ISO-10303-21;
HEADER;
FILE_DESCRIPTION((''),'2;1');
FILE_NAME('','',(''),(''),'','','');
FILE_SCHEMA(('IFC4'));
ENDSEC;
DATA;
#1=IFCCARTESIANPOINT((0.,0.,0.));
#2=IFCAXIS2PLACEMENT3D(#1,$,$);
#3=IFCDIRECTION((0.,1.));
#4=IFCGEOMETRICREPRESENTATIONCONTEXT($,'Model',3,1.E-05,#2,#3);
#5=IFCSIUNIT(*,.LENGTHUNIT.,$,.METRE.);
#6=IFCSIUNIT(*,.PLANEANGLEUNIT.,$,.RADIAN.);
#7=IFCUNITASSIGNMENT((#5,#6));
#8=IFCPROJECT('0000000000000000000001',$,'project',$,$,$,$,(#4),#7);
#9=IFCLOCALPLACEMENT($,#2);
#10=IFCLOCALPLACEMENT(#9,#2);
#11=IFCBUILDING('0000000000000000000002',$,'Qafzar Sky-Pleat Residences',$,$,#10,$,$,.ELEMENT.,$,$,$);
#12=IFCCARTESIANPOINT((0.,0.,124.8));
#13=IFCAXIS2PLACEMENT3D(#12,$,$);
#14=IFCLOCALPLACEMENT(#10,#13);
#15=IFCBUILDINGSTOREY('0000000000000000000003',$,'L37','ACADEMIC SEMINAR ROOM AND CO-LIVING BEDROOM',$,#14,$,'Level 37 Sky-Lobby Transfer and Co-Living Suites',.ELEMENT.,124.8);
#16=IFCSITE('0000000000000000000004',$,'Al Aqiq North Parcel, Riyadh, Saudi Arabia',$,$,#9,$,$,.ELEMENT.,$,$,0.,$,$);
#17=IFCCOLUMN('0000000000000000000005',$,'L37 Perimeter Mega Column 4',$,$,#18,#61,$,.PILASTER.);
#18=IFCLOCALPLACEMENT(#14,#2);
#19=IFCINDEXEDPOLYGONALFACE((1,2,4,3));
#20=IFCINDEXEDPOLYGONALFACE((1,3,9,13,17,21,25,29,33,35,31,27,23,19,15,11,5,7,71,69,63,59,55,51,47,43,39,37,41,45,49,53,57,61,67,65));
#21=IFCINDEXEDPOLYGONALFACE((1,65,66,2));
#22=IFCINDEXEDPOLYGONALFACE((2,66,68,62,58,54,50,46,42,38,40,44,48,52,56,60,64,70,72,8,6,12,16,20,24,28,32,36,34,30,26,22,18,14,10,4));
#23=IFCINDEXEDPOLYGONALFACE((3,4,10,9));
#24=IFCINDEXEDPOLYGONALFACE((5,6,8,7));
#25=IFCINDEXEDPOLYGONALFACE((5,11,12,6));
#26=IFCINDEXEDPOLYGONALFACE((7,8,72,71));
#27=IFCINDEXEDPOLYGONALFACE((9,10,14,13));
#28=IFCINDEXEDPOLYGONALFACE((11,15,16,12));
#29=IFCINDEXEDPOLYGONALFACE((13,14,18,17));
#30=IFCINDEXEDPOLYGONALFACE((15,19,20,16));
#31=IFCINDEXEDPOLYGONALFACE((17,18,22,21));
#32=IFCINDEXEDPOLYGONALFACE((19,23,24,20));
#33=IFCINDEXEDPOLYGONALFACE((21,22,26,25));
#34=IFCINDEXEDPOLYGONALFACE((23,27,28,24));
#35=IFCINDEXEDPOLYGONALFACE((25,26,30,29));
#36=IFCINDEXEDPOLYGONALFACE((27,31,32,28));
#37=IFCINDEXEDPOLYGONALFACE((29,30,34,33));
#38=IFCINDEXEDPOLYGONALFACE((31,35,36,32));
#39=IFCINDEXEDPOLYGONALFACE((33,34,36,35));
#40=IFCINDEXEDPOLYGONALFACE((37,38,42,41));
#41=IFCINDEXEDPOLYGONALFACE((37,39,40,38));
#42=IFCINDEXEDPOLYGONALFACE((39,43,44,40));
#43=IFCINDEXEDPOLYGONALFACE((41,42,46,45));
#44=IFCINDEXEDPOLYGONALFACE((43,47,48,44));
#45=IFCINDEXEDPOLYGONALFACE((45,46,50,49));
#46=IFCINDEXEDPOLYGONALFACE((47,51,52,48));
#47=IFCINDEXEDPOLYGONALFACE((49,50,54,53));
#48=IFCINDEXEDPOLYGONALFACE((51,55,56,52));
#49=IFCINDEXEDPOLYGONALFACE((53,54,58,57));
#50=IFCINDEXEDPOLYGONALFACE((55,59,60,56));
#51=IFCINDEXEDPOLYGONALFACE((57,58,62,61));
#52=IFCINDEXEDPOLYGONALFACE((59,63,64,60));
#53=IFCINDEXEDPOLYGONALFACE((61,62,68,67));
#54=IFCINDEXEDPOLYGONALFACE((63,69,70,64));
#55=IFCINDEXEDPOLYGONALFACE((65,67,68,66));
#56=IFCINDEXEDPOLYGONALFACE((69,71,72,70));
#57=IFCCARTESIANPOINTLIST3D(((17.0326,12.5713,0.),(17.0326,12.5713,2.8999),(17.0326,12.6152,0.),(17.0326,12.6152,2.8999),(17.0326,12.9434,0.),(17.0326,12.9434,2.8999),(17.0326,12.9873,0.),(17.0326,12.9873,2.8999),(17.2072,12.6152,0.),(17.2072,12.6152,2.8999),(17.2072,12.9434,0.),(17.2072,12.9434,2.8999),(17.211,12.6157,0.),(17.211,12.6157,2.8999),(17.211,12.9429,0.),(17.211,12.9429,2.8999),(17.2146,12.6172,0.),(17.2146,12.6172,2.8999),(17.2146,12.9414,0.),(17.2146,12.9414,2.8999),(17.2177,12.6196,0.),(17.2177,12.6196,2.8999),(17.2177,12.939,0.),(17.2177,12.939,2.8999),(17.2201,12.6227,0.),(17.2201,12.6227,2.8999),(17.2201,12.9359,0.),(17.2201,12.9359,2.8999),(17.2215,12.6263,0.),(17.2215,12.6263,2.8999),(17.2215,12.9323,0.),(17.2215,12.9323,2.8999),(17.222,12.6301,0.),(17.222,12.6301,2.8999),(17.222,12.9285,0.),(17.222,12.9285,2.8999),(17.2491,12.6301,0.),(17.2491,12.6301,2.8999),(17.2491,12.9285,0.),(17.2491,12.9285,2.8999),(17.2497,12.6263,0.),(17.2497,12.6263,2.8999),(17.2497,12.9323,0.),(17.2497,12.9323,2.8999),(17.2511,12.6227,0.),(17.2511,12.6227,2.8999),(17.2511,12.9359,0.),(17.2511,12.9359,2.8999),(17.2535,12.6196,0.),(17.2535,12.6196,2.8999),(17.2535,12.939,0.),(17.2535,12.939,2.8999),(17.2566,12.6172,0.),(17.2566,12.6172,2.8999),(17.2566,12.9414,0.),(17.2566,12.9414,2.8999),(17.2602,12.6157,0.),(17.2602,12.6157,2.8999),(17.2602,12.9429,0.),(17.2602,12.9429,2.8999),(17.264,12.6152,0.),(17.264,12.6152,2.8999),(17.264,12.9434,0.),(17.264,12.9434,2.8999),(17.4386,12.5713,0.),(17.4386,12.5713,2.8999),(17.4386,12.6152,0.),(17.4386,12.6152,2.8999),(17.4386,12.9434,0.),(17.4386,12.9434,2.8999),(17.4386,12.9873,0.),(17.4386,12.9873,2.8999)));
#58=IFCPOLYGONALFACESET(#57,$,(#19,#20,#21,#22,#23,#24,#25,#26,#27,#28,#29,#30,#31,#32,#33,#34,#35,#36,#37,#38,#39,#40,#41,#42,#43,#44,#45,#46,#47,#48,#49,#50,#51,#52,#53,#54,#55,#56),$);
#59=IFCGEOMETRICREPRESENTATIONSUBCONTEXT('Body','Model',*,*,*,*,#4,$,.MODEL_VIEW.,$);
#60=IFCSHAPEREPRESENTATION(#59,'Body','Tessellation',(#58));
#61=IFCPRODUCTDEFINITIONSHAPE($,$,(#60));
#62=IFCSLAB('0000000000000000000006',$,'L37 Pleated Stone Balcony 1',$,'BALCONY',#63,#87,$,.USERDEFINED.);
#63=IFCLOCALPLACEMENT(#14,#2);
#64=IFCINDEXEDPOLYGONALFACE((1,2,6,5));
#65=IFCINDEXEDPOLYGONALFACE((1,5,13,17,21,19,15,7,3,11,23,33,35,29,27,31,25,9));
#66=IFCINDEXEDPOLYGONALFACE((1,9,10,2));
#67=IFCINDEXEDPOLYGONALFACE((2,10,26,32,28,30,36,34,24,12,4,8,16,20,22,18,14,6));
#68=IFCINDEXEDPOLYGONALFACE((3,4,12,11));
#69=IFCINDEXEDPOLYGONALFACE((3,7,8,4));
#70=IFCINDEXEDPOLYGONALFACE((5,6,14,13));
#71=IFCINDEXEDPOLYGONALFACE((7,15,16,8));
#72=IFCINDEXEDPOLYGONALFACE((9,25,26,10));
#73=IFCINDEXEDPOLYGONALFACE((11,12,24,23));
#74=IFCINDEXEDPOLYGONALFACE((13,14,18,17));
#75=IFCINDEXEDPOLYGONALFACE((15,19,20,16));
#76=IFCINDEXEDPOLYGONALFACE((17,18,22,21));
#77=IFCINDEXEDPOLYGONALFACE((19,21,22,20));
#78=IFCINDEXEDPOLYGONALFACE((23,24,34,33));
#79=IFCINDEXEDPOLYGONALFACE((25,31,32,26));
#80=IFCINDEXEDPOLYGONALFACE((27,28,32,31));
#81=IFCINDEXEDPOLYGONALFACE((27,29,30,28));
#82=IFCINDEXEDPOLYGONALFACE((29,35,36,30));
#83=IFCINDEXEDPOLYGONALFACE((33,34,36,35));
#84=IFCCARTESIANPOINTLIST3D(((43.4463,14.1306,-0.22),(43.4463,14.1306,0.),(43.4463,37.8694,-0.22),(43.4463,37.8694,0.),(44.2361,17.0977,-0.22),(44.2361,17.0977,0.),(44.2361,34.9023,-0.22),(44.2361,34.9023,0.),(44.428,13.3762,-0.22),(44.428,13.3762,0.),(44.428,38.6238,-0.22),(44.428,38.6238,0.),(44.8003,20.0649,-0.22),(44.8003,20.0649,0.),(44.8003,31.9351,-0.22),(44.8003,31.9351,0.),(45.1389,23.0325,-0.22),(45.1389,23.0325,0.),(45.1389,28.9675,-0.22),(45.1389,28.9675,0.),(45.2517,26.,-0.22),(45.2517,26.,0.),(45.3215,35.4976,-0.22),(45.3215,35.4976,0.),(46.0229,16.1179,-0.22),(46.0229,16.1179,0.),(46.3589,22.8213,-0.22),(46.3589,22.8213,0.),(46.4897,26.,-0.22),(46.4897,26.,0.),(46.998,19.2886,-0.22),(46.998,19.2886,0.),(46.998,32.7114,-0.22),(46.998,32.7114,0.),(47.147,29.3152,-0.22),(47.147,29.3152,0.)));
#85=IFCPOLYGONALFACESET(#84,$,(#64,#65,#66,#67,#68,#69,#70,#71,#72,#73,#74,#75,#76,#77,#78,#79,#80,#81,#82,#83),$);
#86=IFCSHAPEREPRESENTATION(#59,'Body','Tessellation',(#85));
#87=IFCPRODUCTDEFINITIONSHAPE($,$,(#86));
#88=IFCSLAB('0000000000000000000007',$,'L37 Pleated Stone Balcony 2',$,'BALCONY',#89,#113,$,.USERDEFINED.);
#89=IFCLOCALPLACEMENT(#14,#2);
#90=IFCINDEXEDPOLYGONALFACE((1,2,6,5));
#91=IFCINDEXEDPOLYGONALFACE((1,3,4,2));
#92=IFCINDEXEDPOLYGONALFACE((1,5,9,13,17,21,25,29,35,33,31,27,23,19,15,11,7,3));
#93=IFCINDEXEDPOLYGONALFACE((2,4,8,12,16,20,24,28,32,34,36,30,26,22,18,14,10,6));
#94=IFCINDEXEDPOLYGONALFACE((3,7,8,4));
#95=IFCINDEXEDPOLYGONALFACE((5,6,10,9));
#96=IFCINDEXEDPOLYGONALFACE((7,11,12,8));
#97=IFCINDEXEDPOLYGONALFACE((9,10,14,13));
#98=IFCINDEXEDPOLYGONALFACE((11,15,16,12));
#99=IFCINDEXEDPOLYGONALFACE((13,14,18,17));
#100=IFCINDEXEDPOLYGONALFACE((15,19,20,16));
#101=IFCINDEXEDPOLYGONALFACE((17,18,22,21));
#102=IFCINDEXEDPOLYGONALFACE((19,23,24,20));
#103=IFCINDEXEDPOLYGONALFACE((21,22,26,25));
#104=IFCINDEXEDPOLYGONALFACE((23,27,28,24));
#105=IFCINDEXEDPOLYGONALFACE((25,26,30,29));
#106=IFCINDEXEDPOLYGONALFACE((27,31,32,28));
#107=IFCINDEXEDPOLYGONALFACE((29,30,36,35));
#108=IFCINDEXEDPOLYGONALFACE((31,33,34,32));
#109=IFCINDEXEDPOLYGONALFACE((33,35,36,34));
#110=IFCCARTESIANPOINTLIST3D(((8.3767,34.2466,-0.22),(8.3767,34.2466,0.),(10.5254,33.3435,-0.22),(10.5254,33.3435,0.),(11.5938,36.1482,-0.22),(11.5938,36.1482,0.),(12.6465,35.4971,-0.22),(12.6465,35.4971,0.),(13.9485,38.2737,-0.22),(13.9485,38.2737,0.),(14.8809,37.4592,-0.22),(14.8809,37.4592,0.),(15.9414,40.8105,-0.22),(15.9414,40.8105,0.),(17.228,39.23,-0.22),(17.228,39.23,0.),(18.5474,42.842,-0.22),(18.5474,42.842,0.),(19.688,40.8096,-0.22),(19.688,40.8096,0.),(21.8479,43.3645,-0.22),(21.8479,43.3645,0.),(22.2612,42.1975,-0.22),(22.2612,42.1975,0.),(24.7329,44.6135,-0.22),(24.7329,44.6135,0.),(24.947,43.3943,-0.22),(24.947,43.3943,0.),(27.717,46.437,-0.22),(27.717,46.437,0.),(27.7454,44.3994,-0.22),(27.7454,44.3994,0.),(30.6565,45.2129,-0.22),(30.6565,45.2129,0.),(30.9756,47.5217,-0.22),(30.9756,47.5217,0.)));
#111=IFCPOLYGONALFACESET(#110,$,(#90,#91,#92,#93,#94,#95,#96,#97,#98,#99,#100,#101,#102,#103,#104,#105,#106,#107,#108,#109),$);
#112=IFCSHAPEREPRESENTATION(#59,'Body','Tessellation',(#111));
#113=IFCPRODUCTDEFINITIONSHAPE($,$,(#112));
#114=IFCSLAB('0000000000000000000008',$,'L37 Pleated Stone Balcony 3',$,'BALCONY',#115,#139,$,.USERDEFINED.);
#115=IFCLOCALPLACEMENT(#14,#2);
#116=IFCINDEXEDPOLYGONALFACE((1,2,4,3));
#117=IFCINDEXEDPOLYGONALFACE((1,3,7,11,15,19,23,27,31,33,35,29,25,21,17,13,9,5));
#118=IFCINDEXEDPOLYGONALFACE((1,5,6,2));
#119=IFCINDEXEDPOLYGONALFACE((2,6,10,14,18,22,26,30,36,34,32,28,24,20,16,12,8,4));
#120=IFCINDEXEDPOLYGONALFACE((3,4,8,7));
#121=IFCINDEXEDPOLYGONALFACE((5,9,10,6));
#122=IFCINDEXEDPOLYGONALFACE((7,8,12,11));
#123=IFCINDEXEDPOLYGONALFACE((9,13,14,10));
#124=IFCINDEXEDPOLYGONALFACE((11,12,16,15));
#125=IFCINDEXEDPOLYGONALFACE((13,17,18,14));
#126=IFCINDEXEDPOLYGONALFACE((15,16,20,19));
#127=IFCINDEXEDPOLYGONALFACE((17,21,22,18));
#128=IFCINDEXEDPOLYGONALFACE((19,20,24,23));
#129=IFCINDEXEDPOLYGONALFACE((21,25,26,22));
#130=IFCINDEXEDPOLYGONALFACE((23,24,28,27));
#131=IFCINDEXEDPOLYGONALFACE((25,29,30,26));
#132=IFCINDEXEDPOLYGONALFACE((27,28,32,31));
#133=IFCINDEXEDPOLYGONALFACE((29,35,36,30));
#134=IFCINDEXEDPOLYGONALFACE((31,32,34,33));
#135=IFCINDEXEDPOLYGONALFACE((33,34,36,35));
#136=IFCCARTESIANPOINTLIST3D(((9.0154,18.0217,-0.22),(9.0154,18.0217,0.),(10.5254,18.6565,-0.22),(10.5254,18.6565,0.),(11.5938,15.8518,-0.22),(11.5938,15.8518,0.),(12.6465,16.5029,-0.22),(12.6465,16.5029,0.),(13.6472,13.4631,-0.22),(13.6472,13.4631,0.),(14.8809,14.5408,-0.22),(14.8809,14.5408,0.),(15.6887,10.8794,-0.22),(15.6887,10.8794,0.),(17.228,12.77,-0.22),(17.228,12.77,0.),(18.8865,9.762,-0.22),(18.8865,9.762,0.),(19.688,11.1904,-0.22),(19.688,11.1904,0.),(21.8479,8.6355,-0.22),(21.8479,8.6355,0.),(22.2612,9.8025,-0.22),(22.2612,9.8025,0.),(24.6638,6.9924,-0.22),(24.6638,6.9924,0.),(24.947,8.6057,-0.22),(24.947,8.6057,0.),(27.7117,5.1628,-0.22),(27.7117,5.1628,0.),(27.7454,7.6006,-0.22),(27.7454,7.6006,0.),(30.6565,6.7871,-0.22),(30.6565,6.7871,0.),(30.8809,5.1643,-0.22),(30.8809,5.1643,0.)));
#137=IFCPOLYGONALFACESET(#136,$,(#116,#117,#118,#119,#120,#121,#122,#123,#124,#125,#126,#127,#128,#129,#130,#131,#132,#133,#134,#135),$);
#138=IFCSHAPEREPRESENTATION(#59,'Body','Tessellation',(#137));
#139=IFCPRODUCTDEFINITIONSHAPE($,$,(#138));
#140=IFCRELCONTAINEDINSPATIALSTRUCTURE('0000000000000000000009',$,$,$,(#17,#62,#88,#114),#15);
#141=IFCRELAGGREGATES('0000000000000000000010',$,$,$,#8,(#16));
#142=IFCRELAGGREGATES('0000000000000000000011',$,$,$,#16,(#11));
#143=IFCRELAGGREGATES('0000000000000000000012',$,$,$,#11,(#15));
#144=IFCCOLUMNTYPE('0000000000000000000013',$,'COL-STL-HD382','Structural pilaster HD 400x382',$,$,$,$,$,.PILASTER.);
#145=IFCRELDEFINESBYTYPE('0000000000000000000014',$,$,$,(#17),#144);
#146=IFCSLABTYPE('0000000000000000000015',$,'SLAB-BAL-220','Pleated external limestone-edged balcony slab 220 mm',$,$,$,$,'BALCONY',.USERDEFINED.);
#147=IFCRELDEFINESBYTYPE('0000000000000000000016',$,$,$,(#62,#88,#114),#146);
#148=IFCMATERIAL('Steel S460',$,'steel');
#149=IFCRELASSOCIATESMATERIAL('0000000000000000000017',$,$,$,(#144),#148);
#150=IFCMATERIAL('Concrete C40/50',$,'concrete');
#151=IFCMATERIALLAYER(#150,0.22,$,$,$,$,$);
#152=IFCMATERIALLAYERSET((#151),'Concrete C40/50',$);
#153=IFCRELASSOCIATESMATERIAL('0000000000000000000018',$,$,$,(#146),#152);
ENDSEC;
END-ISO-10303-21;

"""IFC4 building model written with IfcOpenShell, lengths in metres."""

from ifc_helpers import new_model, si_unit, direction, frame, origin, origin_2d, place, context, subcontext, project, spatial, polyline, i_section, outline, extrude, source, transform, mapped, material, layer, layer_set, material_profile, profile_set, type_object, element, save


model = new_model("IFC4")

# Units and contexts
model_context = context("Model", 3, precision=1e-05, world=origin(), true_north=direction((0.0, 1.0)))
body_context = subcontext(model_context, "Body", "Model", "MODEL_VIEW")
ifc_project = project(units=[si_unit("LENGTHUNIT", "METRE"), si_unit("PLANEANGLEUNIT", "RADIAN")], contexts=[model_context])

# Site, building, storey
site_placement = place(None, origin())
site = spatial("IfcSite", under=ifc_project, at=site_placement, Name="Al Aqiq North Parcel, Riyadh, Saudi Arabia", CompositionType="ELEMENT", RefElevation=0.0)
building_placement = place(site_placement, origin())
building = spatial("IfcBuilding", under=site, at=building_placement, Name="Qafzar Sky-Pleat Residences", CompositionType="ELEMENT")
storey_placement = place(building_placement, frame((0.0, 0.0, 124.8)))
storey = spatial("IfcBuildingStorey", under=building, at=storey_placement, Name="L37", Description="ACADEMIC SEMINAR ROOM AND CO-LIVING BEDROOM", LongName="Level 37 Sky-Lobby Transfer and Co-Living Suites", CompositionType="ELEMENT", Elevation=124.8)

# Column
ifc_material_1 = material(Name="Steel S460", Category="steel")
ifc_material_profile = material_profile(ifc_material_1, i_section(OverallWidth=0.406, OverallDepth=0.416, WebThickness=0.0271, FlangeThickness=0.0439, FilletRadius=0.0149, at=origin_2d()), Name="HD 400x382")
ifc_profile_set = profile_set([ifc_material_profile], Name="Steel S460")
column_type = type_object("IfcColumnType", Name="COL-STL-HD382", Description="Structural pilaster HD 400x382", PredefinedType="PILASTER", material=ifc_profile_set)
shared_shape_1 = source(origin(), body_context, "Body", "SweptSolid", [
    extrude(i_section(OverallWidth=0.406, OverallDepth=0.416, WebThickness=0.0271, FlangeThickness=0.0439, FilletRadius=0.0149, at=origin_2d()), origin(), (0.0, 0.0, 1.0), 2.8999),
])
column_placement = place(storey_placement, frame((17.2356, 12.7793, 0.0), z_axis=(0.0, 0.0, 1.0), x_axis=(1.0, 0.0, 0.0)))
element("IfcColumn", 1, at=column_placement, inside=storey, type_object=column_type, Name="L37 Perimeter Mega Column 4", PredefinedType="PILASTER", context=body_context, shape_type="MappedRepresentation", body=[
    mapped(shared_shape_1, transform((0.0, 0.0, 0.0), x_axis=(1.0, 0.0, 0.0), y_axis=(0.0, 1.0, 0.0), z_axis=(0.0, 0.0, 1.0), scale=1.0)),
])

# Slabs
ifc_material_2 = material(Name="Concrete C40/50", Category="concrete")
ifc_layer_1 = layer(ifc_material_2, 0.22)
ifc_layer_set_1 = layer_set([ifc_layer_1], Name="Concrete C40/50")
slab_type_1 = type_object("IfcSlabType", Name="SLAB-BAL-220", Description="Pleated external limestone-edged balcony slab 220 mm", ElementType="BALCONY", PredefinedType="USERDEFINED", material=ifc_layer_set_1)
slab_1_placement = place(storey_placement, frame((0.0, 0.0, -0.22)))
element("IfcSlab", 2, at=slab_1_placement, inside=storey, type_object=slab_type_1, Name="L37 Pleated Stone Balcony 1", ObjectType="BALCONY", PredefinedType="USERDEFINED", context=body_context, shape_type="SweptSolid", body=[
    extrude(outline(polyline([(44.2361, 17.0977), (44.8003, 20.0649), (45.1389, 23.0325), (45.2517, 26.0), (45.1389, 28.9675), (44.8003, 31.9351), (44.2361, 34.9023), (43.4463, 37.8694), (44.428, 38.6238), (45.3215, 35.4976), (46.998, 32.7114), (47.147, 29.3152), (46.4897, 26.0), (46.3589, 22.8213), (46.998, 19.2886), (46.0229, 16.1179), (44.428, 13.3762), (43.4463, 14.1306), (44.2361, 17.0977)])), origin(), (0.0, 0.0, 1.0), 0.22),
])
slab_2_placement = place(storey_placement, frame((0.0, 0.0, -0.22)))
element("IfcSlab", 3, at=slab_2_placement, inside=storey, type_object=slab_type_1, Name="L37 Pleated Stone Balcony 2", ObjectType="BALCONY", PredefinedType="USERDEFINED", context=body_context, shape_type="SweptSolid", body=[
    extrude(outline(polyline([(27.7454, 44.3994), (24.947, 43.3943), (22.2612, 42.1975), (19.688, 40.8096), (17.228, 39.23), (14.8809, 37.4592), (12.6465, 35.4971), (10.5254, 33.3435), (8.3767, 34.2466), (11.5938, 36.1482), (13.9485, 38.2737), (15.9414, 40.8105), (18.5474, 42.842), (21.8479, 43.3645), (24.7329, 44.6135), (27.717, 46.437), (30.9756, 47.5217), (30.6565, 45.2129), (27.7454, 44.3994)])), origin(), (0.0, 0.0, 1.0), 0.22),
])
slab_3_placement = place(storey_placement, frame((0.0, 0.0, -0.22)))
element("IfcSlab", 4, at=slab_3_placement, inside=storey, type_object=slab_type_1, Name="L37 Pleated Stone Balcony 3", ObjectType="BALCONY", PredefinedType="USERDEFINED", context=body_context, shape_type="SweptSolid", body=[
    extrude(outline(polyline([(12.6465, 16.5029), (14.8809, 14.5408), (17.228, 12.77), (19.688, 11.1904), (22.2612, 9.8025), (24.947, 8.6057), (27.7454, 7.6006), (30.6565, 6.7871), (30.8809, 5.1643), (27.7117, 5.1628), (24.6638, 6.9924), (21.8479, 8.6355), (18.8865, 9.762), (15.6887, 10.8794), (13.6472, 13.4631), (11.5938, 15.8518), (9.0154, 18.0217), (10.5254, 18.6565), (12.6465, 16.5029)])), origin(), (0.0, 0.0, 1.0), 0.22),
])

save(model, "model.ifc")
